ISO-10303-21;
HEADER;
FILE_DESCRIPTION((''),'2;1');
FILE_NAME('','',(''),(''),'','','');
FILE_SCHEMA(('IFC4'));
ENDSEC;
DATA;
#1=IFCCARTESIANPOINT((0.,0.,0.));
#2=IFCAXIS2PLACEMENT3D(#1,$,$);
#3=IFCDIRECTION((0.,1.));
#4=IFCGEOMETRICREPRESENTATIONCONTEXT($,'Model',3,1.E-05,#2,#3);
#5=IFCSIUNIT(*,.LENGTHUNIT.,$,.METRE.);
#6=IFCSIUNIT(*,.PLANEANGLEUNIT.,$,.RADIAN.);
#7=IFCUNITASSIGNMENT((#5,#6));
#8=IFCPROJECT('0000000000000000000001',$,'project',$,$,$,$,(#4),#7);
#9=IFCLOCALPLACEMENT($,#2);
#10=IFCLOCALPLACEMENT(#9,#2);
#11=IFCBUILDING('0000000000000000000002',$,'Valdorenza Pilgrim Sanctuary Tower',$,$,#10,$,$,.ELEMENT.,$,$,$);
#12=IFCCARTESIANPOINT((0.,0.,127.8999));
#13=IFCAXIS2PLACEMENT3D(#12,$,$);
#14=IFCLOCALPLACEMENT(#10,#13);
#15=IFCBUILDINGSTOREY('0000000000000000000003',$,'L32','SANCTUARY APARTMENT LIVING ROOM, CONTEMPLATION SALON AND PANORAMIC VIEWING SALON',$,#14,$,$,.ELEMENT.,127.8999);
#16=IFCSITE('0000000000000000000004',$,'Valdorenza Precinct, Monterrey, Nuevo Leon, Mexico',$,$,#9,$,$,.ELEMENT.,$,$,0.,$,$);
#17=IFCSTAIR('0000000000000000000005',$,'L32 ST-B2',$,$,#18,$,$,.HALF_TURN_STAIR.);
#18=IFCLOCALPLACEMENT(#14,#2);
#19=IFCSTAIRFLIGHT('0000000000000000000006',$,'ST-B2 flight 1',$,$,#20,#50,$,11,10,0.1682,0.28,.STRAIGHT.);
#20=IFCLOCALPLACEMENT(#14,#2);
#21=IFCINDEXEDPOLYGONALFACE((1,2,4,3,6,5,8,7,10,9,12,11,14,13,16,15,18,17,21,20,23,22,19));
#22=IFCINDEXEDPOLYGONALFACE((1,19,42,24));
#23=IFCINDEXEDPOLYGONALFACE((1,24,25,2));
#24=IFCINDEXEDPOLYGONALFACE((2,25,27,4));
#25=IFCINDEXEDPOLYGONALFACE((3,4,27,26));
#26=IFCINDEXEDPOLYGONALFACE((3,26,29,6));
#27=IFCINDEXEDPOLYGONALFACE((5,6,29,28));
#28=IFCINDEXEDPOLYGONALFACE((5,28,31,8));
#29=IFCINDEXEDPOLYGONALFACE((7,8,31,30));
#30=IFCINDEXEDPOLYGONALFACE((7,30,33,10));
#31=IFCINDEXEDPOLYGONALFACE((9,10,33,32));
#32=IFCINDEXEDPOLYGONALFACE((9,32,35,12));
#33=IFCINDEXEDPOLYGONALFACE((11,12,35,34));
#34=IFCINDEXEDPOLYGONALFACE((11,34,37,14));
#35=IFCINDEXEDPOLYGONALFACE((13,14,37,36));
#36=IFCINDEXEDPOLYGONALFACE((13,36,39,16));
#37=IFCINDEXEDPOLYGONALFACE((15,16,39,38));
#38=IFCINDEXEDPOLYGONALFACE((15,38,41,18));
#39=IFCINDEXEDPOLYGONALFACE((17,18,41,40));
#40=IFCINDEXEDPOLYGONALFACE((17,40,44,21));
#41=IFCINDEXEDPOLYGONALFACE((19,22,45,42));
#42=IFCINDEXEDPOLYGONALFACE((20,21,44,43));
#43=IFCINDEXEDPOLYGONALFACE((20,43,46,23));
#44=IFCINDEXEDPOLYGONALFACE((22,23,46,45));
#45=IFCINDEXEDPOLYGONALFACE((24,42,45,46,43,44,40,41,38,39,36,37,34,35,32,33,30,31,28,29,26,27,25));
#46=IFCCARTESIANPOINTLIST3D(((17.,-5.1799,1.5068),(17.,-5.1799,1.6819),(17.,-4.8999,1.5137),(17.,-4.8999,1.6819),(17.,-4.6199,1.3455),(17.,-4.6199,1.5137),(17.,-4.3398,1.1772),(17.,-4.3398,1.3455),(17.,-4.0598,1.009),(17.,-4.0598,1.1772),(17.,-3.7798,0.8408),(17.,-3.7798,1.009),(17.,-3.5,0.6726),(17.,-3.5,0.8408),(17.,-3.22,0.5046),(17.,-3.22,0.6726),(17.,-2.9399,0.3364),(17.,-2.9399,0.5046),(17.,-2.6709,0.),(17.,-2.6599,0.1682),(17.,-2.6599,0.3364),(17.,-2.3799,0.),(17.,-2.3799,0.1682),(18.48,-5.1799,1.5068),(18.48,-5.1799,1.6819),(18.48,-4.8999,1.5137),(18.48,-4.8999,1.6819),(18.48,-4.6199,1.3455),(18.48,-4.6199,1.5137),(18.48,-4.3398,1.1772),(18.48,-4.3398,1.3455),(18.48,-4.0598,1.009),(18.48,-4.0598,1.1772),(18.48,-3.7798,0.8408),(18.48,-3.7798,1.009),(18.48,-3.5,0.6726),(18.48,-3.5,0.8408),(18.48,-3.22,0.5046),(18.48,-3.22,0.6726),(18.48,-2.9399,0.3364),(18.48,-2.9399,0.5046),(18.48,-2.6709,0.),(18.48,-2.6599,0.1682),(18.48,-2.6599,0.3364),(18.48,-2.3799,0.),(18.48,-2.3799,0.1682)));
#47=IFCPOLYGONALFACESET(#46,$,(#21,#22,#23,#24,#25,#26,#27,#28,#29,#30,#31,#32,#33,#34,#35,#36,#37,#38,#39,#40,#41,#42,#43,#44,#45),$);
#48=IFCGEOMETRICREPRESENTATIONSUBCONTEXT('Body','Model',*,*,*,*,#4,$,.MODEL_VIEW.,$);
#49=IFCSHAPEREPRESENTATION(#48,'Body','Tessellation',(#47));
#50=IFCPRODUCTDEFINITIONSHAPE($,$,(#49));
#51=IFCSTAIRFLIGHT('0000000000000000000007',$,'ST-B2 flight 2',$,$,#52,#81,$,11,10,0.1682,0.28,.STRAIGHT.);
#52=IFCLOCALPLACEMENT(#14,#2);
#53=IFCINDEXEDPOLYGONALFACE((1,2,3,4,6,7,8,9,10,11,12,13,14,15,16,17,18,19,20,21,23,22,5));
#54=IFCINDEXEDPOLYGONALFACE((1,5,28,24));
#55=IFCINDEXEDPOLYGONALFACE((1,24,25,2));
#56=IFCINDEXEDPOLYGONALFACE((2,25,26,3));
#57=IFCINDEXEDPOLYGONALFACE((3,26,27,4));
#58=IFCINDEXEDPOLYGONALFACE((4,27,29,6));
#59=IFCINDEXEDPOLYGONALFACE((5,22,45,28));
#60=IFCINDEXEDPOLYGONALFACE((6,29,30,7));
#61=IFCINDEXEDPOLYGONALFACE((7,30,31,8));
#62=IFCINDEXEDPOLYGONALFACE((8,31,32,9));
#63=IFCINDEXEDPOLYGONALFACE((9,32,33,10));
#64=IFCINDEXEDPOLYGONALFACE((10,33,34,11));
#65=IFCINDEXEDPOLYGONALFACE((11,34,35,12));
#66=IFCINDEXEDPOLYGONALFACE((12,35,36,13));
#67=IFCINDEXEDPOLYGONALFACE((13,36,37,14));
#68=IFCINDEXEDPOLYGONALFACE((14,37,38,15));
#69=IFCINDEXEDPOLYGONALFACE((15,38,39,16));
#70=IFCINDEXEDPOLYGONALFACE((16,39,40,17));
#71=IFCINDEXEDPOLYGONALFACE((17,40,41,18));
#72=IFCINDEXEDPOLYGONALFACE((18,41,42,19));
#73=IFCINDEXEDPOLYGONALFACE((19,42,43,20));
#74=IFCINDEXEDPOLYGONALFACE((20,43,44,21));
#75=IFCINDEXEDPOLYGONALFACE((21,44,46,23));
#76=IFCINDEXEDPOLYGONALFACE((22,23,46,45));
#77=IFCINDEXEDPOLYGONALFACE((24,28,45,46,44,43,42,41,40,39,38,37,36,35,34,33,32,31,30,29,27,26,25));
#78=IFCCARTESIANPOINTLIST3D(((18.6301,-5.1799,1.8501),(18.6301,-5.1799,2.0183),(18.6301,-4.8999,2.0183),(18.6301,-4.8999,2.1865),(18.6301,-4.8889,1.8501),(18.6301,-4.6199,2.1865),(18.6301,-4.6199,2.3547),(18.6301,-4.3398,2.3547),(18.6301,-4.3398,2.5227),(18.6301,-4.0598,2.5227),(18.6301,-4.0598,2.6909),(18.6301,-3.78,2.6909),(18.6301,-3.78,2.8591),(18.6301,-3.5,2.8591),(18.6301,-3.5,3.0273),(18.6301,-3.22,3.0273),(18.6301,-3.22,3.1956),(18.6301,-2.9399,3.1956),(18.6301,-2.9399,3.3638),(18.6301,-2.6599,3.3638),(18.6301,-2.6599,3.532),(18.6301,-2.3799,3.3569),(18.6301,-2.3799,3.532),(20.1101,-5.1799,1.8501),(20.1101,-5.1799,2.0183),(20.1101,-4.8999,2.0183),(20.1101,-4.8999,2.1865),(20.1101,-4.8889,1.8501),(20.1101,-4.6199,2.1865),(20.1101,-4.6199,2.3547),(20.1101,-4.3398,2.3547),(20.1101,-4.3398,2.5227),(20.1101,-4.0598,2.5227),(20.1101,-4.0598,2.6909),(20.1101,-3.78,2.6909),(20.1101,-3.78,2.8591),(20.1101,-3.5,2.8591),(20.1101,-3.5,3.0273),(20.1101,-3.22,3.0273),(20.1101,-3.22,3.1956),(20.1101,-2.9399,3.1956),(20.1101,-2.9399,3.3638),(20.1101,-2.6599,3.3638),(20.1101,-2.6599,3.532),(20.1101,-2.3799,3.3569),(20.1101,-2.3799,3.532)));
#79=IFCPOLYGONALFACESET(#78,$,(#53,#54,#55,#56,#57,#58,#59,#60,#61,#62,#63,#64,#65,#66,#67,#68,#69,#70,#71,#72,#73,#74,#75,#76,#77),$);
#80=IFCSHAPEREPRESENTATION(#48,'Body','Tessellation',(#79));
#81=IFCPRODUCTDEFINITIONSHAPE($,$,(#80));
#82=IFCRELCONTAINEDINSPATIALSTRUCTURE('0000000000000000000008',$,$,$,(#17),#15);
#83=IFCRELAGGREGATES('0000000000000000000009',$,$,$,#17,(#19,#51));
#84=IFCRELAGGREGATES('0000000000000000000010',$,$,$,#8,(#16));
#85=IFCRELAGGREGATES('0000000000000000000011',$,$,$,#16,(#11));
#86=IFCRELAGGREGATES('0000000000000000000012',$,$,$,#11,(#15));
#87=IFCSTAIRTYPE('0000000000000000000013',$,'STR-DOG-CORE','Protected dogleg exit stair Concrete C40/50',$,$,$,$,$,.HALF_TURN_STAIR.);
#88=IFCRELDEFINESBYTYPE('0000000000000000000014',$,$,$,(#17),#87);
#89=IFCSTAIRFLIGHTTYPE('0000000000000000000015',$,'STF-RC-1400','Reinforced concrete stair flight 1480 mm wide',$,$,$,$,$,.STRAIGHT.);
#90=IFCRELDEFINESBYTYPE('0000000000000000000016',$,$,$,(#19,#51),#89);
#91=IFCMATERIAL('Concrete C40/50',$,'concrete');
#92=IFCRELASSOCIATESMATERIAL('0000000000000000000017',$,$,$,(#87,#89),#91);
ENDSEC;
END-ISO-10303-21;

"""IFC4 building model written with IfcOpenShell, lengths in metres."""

from ifc_helpers import new_model, si_unit, direction, frame, origin, place, context, subcontext, project, spatial, polyline, outline, extrude, material, type_object, element, aggregate, save


model = new_model("IFC4")

# Units and contexts
model_context = context("Model", 3, precision=1e-05, world=origin(), true_north=direction((0.0, 1.0)))
body_context = subcontext(model_context, "Body", "Model", "MODEL_VIEW")
ifc_project = project(units=[si_unit("LENGTHUNIT", "METRE"), si_unit("PLANEANGLEUNIT", "RADIAN")], contexts=[model_context])

# Site, building, storey
site_placement = place(None, origin())
site = spatial("IfcSite", under=ifc_project, at=site_placement, Name="Valdorenza Precinct, Monterrey, Nuevo Leon, Mexico", CompositionType="ELEMENT", RefElevation=0.0)
building_placement = place(site_placement, origin())
building = spatial("IfcBuilding", under=site, at=building_placement, Name="Valdorenza Pilgrim Sanctuary Tower", CompositionType="ELEMENT")
storey_placement = place(building_placement, frame((0.0, 0.0, 127.8999)))
storey = spatial("IfcBuildingStorey", under=building, at=storey_placement, Name="L32", Description="SANCTUARY APARTMENT LIVING ROOM, CONTEMPLATION SALON AND PANORAMIC VIEWING SALON", CompositionType="ELEMENT", Elevation=127.8999)

# Shared definitions
ifc_material_1 = material(Name="Concrete C40/50", Category="concrete")

# Stair, stair flights
stair_type = type_object("IfcStairType", Name="STR-DOG-CORE", Description="Protected dogleg exit stair Concrete C40/50", PredefinedType="HALF_TURN_STAIR", material=ifc_material_1)
stair_placement = place(storey_placement, origin())
stair = element("IfcStair", 1, at=stair_placement, inside=storey, type_object=stair_type, Name="L32 ST-B2", PredefinedType="HALF_TURN_STAIR")
stair_flight_type = type_object("IfcStairFlightType", Name="STF-RC-1400", Description="Reinforced concrete stair flight 1480 mm wide", PredefinedType="STRAIGHT", material=ifc_material_1)
stair_flight_1_placement = place(storey_placement, frame((17.74, -2.3799, 0.0), z_axis=(0.0, 0.0, 1.0), x_axis=(0.0, -1.0, 0.0)))
stair_flight_1 = element("IfcStairFlight", 2, at=stair_flight_1_placement, type_object=stair_flight_type, Name="ST-B2 flight 1", NumberOfRisers=11, NumberOfTreads=10, PredefinedType="STRAIGHT", RiserHeight=0.1682, TreadLength=0.28, context=body_context, shape_type="SweptSolid", body=[
    extrude(outline(polyline([(0.0, 0.0), (0.0, 0.1682), (0.28, 0.1682), (0.28, 0.3364), (0.5601, 0.3364), (0.5601, 0.5046), (0.8401, 0.5046), (0.8401, 0.6726), (1.1201, 0.6726), (1.1201, 0.8408), (1.3999, 0.8408), (1.3999, 1.009), (1.6799, 1.009), (1.6799, 1.1772), (1.96, 1.1772), (1.96, 1.3455), (2.24, 1.3455), (2.24, 1.5137), (2.52, 1.5137), (2.52, 1.6819), (2.8, 1.6819), (2.8, 1.8501), (2.8, 1.5068), (0.291, 0.0), (0.0, 0.0)])), frame((0.0, 0.74, 0.0), z_axis=(0.0, -1.0, 0.0), x_axis=(1.0, 0.0, 0.0)), (0.0, 0.0, 1.0), 1.48),
])
stair_flight_2_placement = place(storey_placement, frame((19.3701, -5.1799, 1.8501), z_axis=(0.0, 0.0, 1.0), x_axis=(0.0, 1.0, 0.0)))
stair_flight_2 = element("IfcStairFlight", 3, at=stair_flight_2_placement, type_object=stair_flight_type, Name="ST-B2 flight 2", NumberOfRisers=11, NumberOfTreads=10, PredefinedType="STRAIGHT", RiserHeight=0.1682, TreadLength=0.28, context=body_context, shape_type="SweptSolid", body=[
    extrude(outline(polyline([(0.0, 0.0), (0.0, 0.1682), (0.28, 0.1682), (0.28, 0.3364), (0.5601, 0.3364), (0.5601, 0.5046), (0.8401, 0.5046), (0.8401, 0.6726), (1.1201, 0.6726), (1.1201, 0.8408), (1.3999, 0.8408), (1.3999, 1.009), (1.6799, 1.009), (1.6799, 1.1772), (1.96, 1.1772), (1.96, 1.3455), (2.24, 1.3455), (2.24, 1.5137), (2.52, 1.5137), (2.52, 1.6819), (2.8, 1.6819), (2.8, 1.8501), (2.8, 1.5068), (0.291, 0.0), (0.0, 0.0)])), frame((0.0, 0.74, 0.0), z_axis=(0.0, -1.0, 0.0), x_axis=(1.0, 0.0, 0.0)), (0.0, 0.0, 1.0), 1.48),
])
aggregate(stair, [stair_flight_1, stair_flight_2])

save(model, "model.ifc")
